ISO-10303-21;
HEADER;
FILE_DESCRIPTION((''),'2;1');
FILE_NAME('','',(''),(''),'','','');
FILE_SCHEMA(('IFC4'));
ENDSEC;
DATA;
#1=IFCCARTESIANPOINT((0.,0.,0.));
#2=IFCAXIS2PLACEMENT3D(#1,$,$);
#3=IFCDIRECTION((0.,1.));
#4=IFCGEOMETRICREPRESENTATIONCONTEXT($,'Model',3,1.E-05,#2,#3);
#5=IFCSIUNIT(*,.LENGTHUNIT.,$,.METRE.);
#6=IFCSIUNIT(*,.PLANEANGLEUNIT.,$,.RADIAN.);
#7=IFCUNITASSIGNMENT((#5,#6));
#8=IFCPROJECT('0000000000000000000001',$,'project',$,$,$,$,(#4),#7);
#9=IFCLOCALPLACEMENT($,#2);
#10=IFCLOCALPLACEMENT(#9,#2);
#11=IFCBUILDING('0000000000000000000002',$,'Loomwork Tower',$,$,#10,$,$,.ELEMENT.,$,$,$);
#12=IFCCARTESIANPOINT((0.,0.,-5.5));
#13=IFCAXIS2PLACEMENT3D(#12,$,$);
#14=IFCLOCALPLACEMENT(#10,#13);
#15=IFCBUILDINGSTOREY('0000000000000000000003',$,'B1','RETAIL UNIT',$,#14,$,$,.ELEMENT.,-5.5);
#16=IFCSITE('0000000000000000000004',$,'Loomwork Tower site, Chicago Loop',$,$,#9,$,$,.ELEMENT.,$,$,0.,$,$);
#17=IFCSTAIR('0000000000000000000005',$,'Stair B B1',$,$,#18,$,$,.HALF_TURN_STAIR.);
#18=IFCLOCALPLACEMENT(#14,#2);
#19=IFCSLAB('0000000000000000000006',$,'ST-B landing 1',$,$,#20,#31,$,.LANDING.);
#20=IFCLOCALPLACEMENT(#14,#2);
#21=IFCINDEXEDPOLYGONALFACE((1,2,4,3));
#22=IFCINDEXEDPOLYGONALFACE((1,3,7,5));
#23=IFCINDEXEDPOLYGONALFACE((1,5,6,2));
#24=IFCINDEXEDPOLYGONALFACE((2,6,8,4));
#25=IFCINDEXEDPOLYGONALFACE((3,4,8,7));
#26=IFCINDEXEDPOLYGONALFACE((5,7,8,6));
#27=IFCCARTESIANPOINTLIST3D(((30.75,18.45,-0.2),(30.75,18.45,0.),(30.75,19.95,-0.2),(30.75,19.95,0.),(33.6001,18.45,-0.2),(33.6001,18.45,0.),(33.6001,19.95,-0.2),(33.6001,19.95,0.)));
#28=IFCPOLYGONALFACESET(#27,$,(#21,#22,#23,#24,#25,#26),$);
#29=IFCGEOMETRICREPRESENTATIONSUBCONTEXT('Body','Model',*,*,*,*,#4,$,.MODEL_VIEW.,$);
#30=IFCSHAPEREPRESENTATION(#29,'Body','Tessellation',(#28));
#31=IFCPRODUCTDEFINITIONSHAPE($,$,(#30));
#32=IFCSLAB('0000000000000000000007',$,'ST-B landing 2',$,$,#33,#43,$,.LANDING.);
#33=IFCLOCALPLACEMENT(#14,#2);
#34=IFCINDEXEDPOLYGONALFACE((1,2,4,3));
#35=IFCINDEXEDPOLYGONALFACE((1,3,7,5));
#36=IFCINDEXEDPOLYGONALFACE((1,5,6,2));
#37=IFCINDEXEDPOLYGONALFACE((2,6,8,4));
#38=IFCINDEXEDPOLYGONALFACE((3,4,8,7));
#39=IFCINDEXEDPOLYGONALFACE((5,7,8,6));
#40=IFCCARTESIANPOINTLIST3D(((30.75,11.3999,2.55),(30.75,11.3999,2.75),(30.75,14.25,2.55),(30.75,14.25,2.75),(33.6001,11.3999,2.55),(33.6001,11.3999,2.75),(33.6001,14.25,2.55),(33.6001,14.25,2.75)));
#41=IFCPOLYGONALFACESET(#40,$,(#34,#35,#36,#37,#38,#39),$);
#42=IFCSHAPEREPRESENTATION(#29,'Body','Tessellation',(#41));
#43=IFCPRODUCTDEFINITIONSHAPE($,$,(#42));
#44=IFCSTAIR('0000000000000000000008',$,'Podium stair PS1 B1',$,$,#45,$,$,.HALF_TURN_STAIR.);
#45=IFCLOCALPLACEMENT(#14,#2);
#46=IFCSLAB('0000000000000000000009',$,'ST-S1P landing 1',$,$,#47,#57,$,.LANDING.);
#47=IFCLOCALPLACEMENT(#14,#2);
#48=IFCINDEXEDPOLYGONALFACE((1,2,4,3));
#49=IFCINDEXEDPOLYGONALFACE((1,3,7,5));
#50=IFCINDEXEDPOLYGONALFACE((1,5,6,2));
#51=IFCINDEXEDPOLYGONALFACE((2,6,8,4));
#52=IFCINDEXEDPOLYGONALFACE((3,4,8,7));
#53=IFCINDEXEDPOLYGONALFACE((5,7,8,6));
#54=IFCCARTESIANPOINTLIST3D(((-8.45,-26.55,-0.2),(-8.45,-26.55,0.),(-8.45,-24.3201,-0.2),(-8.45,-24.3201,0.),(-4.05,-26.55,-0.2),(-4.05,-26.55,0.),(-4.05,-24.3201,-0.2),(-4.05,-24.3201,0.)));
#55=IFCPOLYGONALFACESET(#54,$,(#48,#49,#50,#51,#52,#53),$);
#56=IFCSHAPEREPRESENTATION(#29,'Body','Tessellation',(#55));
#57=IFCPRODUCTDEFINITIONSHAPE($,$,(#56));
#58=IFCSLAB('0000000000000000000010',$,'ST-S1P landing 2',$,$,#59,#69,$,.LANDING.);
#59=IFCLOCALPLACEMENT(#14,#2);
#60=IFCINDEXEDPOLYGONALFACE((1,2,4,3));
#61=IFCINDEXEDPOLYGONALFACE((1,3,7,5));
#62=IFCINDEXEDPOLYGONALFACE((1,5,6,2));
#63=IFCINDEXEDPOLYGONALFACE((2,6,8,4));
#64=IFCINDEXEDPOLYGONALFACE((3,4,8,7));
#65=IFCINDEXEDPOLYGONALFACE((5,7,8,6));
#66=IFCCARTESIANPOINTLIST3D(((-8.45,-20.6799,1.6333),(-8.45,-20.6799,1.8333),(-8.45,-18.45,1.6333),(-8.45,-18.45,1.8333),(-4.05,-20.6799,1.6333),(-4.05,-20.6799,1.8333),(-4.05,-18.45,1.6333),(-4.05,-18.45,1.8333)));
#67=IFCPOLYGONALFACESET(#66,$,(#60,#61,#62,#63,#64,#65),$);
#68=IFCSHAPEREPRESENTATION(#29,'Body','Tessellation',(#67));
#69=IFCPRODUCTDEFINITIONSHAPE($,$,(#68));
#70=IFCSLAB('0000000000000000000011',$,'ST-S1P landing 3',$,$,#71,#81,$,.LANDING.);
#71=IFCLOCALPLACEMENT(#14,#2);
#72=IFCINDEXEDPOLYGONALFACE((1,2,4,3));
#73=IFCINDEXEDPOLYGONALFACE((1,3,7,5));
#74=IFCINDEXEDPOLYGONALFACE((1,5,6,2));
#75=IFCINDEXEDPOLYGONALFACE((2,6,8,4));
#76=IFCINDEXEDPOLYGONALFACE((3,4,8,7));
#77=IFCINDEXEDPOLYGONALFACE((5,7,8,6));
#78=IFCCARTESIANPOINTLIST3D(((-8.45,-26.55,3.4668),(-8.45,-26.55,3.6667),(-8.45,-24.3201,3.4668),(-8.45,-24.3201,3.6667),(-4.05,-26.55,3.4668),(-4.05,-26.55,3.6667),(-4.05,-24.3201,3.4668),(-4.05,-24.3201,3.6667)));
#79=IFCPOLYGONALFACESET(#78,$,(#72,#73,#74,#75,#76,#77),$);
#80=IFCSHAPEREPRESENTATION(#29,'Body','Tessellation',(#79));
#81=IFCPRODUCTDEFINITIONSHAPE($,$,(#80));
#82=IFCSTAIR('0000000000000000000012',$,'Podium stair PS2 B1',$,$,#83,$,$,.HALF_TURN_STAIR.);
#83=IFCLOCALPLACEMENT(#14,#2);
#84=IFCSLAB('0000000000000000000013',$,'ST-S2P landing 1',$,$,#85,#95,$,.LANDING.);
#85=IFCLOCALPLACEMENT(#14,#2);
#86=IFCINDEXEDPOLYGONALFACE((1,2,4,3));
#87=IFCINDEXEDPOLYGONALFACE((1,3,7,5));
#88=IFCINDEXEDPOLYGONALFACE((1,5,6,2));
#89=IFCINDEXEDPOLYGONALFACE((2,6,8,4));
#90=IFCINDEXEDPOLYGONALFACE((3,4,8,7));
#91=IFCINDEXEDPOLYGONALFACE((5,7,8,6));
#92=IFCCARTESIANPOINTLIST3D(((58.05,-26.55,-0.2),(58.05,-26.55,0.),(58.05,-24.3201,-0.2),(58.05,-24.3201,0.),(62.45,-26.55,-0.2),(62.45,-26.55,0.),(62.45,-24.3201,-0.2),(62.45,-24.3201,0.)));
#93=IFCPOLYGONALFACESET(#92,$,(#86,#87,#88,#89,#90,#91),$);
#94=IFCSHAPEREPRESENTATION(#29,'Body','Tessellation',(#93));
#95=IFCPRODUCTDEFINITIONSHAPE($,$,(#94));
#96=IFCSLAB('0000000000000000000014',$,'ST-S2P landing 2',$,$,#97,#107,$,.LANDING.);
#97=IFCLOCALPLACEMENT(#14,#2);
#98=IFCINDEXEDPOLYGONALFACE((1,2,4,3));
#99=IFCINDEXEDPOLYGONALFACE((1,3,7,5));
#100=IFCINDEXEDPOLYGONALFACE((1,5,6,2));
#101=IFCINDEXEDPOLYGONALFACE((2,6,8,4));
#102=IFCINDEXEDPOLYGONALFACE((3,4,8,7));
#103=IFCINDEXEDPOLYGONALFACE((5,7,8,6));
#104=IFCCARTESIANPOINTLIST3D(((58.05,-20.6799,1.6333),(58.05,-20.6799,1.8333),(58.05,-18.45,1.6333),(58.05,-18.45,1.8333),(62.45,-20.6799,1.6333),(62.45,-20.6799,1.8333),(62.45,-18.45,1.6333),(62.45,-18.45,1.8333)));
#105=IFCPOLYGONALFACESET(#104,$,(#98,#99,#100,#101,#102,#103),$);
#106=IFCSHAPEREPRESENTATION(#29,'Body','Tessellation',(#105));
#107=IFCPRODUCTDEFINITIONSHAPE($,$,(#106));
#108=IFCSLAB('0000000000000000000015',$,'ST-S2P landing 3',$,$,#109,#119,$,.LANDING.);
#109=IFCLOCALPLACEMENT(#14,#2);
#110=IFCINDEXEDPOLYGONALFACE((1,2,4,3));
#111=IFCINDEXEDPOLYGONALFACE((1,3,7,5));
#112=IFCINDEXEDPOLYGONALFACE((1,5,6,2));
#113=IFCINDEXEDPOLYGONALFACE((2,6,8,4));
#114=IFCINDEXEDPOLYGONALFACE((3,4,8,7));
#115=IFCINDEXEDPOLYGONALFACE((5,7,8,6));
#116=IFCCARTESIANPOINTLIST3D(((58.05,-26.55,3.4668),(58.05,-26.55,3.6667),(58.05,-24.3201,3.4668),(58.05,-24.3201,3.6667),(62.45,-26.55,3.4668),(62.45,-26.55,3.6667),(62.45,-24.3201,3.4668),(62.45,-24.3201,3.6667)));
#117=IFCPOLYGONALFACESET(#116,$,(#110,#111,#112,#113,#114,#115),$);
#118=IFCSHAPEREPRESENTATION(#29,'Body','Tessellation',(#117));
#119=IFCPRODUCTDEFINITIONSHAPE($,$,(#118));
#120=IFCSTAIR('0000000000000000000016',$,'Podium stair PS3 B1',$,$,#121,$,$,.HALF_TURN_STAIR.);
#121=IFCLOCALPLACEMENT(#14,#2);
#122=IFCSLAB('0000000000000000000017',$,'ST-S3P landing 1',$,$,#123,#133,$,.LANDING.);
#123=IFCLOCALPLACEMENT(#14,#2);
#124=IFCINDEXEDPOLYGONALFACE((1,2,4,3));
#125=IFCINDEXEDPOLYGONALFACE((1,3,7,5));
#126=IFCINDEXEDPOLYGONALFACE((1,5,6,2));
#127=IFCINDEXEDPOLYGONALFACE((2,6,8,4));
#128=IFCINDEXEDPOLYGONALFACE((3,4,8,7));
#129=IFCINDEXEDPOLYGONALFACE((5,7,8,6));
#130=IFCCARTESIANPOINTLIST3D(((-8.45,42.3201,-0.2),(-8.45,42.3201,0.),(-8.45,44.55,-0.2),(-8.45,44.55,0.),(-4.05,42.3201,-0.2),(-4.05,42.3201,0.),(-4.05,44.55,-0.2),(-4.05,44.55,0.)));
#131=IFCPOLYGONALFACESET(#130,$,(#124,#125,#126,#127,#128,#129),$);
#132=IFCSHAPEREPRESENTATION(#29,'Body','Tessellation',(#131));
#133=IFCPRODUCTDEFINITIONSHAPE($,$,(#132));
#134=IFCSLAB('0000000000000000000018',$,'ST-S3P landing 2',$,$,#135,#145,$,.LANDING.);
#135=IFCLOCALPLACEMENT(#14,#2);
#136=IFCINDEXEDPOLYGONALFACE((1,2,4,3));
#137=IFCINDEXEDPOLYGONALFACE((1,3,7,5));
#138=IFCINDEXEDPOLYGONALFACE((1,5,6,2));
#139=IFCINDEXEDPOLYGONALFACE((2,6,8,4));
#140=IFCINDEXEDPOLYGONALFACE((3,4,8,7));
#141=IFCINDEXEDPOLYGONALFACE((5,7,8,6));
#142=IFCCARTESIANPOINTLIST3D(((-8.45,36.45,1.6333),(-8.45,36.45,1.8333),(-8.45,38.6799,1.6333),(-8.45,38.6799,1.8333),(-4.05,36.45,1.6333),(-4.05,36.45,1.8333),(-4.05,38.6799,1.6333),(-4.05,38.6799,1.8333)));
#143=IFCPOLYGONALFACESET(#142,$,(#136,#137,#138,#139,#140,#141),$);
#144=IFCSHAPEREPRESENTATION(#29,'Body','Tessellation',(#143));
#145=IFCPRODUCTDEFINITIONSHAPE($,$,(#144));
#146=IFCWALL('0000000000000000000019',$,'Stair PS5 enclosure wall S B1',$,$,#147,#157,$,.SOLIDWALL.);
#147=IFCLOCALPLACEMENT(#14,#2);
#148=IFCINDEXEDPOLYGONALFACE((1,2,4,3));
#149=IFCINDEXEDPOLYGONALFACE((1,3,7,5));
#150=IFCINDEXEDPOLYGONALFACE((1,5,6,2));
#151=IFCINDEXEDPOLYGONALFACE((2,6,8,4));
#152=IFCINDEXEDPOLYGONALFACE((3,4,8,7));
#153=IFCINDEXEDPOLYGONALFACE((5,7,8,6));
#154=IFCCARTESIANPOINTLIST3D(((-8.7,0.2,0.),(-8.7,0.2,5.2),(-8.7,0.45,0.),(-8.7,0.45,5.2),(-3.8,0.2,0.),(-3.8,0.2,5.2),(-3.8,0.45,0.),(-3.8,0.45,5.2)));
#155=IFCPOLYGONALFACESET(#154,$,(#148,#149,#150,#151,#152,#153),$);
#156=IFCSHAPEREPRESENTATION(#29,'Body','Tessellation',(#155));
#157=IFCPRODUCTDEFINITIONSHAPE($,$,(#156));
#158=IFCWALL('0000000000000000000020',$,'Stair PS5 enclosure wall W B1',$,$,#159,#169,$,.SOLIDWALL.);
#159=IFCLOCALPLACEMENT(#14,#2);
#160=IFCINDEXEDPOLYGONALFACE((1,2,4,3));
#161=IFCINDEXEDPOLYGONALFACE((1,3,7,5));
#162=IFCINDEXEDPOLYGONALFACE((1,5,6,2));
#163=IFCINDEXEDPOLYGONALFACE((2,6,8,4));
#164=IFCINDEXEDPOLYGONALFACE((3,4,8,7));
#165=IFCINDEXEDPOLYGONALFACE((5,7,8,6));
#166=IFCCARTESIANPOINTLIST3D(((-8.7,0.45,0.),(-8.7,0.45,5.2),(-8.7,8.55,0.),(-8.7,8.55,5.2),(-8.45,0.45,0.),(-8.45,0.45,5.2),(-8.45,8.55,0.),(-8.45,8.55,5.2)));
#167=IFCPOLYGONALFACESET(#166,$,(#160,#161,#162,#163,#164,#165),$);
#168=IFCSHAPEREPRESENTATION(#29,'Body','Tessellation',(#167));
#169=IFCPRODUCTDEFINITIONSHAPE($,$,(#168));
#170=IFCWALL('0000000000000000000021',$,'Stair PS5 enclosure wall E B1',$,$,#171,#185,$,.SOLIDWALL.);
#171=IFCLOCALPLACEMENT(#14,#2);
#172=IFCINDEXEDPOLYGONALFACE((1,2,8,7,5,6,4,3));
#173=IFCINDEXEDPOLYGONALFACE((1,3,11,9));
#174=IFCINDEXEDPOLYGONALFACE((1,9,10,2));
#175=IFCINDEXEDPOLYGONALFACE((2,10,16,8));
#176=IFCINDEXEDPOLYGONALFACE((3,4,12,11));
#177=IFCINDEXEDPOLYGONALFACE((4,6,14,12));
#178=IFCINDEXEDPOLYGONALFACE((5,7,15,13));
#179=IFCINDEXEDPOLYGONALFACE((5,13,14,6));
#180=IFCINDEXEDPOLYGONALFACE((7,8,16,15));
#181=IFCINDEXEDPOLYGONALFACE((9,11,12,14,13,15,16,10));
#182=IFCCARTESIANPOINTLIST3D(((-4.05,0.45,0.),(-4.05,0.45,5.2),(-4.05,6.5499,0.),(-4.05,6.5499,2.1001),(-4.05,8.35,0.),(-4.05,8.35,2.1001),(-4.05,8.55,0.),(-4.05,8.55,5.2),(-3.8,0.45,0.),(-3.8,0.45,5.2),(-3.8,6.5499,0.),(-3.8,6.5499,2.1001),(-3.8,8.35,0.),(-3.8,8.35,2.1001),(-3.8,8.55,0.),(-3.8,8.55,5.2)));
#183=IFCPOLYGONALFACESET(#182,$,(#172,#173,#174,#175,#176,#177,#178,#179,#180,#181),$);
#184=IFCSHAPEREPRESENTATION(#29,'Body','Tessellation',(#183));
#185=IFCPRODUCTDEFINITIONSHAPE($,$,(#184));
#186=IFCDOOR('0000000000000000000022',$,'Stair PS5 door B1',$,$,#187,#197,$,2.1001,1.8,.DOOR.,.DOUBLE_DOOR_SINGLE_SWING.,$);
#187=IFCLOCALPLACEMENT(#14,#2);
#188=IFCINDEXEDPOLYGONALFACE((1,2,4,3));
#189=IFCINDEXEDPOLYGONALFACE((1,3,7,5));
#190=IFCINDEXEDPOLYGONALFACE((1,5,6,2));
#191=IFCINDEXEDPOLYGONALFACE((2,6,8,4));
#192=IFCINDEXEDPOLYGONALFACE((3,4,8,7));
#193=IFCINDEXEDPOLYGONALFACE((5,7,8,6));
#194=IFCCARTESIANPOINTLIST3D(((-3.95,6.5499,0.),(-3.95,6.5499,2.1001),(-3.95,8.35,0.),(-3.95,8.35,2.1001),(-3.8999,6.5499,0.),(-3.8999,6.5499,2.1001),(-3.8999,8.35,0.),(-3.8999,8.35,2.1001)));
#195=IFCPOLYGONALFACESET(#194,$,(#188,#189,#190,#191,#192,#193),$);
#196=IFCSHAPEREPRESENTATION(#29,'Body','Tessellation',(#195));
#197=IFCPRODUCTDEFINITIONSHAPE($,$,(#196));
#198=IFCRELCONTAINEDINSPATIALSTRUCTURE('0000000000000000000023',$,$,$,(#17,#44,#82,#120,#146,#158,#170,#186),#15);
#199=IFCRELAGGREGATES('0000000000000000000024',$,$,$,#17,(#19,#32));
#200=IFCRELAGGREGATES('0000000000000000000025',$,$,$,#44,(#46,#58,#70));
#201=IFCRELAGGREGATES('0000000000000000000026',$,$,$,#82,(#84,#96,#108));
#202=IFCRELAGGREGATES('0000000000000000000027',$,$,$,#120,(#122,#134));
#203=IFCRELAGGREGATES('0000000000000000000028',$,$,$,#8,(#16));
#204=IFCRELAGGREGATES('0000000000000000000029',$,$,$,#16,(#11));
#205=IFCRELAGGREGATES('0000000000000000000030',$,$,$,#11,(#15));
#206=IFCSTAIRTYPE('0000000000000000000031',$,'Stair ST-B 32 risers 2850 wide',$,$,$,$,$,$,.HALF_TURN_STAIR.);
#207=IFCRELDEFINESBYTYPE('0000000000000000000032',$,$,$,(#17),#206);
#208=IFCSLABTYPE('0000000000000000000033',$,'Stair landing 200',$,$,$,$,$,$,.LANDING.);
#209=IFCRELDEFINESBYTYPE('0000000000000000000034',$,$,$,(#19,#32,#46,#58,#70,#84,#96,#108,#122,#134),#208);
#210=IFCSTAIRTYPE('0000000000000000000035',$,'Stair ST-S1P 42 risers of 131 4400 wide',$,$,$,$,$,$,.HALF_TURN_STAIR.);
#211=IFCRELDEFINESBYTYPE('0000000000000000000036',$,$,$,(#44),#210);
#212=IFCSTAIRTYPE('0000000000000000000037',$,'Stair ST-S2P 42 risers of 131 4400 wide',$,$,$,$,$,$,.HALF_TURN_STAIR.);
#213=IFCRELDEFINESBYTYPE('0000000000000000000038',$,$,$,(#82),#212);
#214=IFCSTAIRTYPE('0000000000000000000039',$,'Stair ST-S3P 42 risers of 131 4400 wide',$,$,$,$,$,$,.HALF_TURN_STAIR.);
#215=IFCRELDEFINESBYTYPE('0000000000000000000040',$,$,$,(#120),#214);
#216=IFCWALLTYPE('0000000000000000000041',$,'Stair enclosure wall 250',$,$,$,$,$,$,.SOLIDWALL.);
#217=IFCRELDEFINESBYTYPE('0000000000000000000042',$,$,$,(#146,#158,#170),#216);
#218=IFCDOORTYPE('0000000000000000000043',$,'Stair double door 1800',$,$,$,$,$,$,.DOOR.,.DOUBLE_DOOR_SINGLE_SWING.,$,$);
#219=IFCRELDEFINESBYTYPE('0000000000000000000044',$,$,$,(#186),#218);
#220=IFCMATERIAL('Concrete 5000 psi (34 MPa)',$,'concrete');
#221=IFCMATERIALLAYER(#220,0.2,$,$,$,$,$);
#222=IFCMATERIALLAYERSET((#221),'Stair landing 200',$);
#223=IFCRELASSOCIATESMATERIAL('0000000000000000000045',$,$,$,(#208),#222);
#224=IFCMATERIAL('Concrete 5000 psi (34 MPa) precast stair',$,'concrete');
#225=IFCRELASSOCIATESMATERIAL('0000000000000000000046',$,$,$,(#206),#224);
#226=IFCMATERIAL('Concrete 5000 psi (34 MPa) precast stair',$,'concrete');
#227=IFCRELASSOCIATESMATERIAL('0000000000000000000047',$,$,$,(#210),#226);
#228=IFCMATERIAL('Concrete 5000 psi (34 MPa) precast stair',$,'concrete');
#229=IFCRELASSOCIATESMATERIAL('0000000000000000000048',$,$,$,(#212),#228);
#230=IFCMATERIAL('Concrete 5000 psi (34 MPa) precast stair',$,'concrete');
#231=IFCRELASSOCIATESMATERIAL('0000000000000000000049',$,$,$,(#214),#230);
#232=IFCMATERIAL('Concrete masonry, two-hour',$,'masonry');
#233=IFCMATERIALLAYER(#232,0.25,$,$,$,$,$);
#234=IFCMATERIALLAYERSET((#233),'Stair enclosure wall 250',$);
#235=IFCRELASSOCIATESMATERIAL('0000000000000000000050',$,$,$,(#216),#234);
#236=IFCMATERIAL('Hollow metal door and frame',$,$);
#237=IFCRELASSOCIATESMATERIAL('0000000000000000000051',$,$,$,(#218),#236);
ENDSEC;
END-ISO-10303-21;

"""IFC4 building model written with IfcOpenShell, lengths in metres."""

from ifc_helpers import new_model, si_unit, direction, frame, frame_2d, origin, place, context, subcontext, project, spatial, polyline, rectangle, outline, extrude, material, layer, layer_set, type_object, element, fill, aggregate, save


model = new_model("IFC4")

# Units and contexts
model_context = context("Model", 3, precision=1e-05, world=origin(), true_north=direction((0.0, 1.0)))
body_context = subcontext(model_context, "Body", "Model", "MODEL_VIEW")
ifc_project = project(units=[si_unit("LENGTHUNIT", "METRE"), si_unit("PLANEANGLEUNIT", "RADIAN")], contexts=[model_context])

# Site, building, storey
site_placement = place(None, origin())
site = spatial("IfcSite", under=ifc_project, at=site_placement, Name="Loomwork Tower site, Chicago Loop", CompositionType="ELEMENT", RefElevation=0.0)
building_placement = place(site_placement, origin())
building = spatial("IfcBuilding", under=site, at=building_placement, Name="Loomwork Tower", CompositionType="ELEMENT")
storey_placement = place(building_placement, frame((0.0, 0.0, -5.5)))
storey = spatial("IfcBuildingStorey", under=building, at=storey_placement, Name="B1", Description="RETAIL UNIT", CompositionType="ELEMENT", Elevation=-5.5)

# Stairs, slabs
ifc_material_1 = material(Name="Concrete 5000 psi (34 MPa)", Category="concrete")
ifc_layer_1 = layer(ifc_material_1, 0.2)
ifc_layer_set_1 = layer_set([ifc_layer_1], Name="Stair landing 200")
slab_type_1 = type_object("IfcSlabType", Name="Stair landing 200", PredefinedType="LANDING", material=ifc_layer_set_1)
ifc_material_2 = material(Name="Concrete 5000 psi (34 MPa) precast stair", Category="concrete")
stair_type_1 = type_object("IfcStairType", Name="Stair ST-B 32 risers 2850 wide", PredefinedType="HALF_TURN_STAIR", material=ifc_material_2)
stair_1_placement = place(storey_placement, origin())
stair_1 = element("IfcStair", 1, at=stair_1_placement, inside=storey, type_object=stair_type_1, Name="Stair B B1", PredefinedType="HALF_TURN_STAIR")
slab_1_placement = place(storey_placement, frame((0.0, 0.0, -0.2)))
slab_1 = element("IfcSlab", 2, at=slab_1_placement, type_object=slab_type_1, Name="ST-B landing 1", PredefinedType="LANDING", context=body_context, shape_type="SweptSolid", body=[
    extrude(outline(polyline([(30.75, 18.45), (33.6001, 18.45), (33.6001, 19.95), (30.75, 19.95), (30.75, 18.45)])), origin(), (0.0, 0.0, 1.0), 0.2),
])
slab_2_placement = place(storey_placement, frame((0.0, 0.0, 2.55)))
slab_2 = element("IfcSlab", 3, at=slab_2_placement, type_object=slab_type_1, Name="ST-B landing 2", PredefinedType="LANDING", context=body_context, shape_type="SweptSolid", body=[
    extrude(outline(polyline([(30.75, 11.3999), (33.6001, 11.3999), (33.6001, 14.25), (30.75, 14.25), (30.75, 11.3999)])), origin(), (0.0, 0.0, 1.0), 0.2),
])
aggregate(stair_1, [slab_1, slab_2])
ifc_material_3 = material(Name="Concrete 5000 psi (34 MPa) precast stair", Category="concrete")
stair_type_2 = type_object("IfcStairType", Name="Stair ST-S1P 42 risers of 131 4400 wide", PredefinedType="HALF_TURN_STAIR", material=ifc_material_3)
stair_2_placement = place(storey_placement, origin())
stair_2 = element("IfcStair", 4, at=stair_2_placement, inside=storey, type_object=stair_type_2, Name="Podium stair PS1 B1", PredefinedType="HALF_TURN_STAIR")
slab_3_placement = place(storey_placement, frame((0.0, 0.0, -0.2)))
slab_3 = element("IfcSlab", 5, at=slab_3_placement, type_object=slab_type_1, Name="ST-S1P landing 1", PredefinedType="LANDING", context=body_context, shape_type="SweptSolid", body=[
    extrude(outline(polyline([(-8.45, -26.55), (-4.05, -26.55), (-4.05, -24.3201), (-8.45, -24.3201), (-8.45, -26.55)])), origin(), (0.0, 0.0, 1.0), 0.2),
])
slab_4_placement = place(storey_placement, frame((0.0, 0.0, 1.6333)))
slab_4 = element("IfcSlab", 6, at=slab_4_placement, type_object=slab_type_1, Name="ST-S1P landing 2", PredefinedType="LANDING", context=body_context, shape_type="SweptSolid", body=[
    extrude(outline(polyline([(-8.45, -20.6799), (-4.05, -20.6799), (-4.05, -18.45), (-8.45, -18.45), (-8.45, -20.6799)])), origin(), (0.0, 0.0, 1.0), 0.2),
])
slab_5_placement = place(storey_placement, frame((0.0, 0.0, 3.4668)))
slab_5 = element("IfcSlab", 7, at=slab_5_placement, type_object=slab_type_1, Name="ST-S1P landing 3", PredefinedType="LANDING", context=body_context, shape_type="SweptSolid", body=[
    extrude(outline(polyline([(-8.45, -26.55), (-4.05, -26.55), (-4.05, -24.3201), (-8.45, -24.3201), (-8.45, -26.55)])), origin(), (0.0, 0.0, 1.0), 0.2),
])
aggregate(stair_2, [slab_3, slab_4, slab_5])
ifc_material_4 = material(Name="Concrete 5000 psi (34 MPa) precast stair", Category="concrete")
stair_type_3 = type_object("IfcStairType", Name="Stair ST-S2P 42 risers of 131 4400 wide", PredefinedType="HALF_TURN_STAIR", material=ifc_material_4)
stair_3_placement = place(storey_placement, origin())
stair_3 = element("IfcStair", 8, at=stair_3_placement, inside=storey, type_object=stair_type_3, Name="Podium stair PS2 B1", PredefinedType="HALF_TURN_STAIR")
slab_6_placement = place(storey_placement, frame((0.0, 0.0, -0.2)))
slab_6 = element("IfcSlab", 9, at=slab_6_placement, type_object=slab_type_1, Name="ST-S2P landing 1", PredefinedType="LANDING", context=body_context, shape_type="SweptSolid", body=[
    extrude(outline(polyline([(58.05, -26.55), (62.45, -26.55), (62.45, -24.3201), (58.05, -24.3201), (58.05, -26.55)])), origin(), (0.0, 0.0, 1.0), 0.2),
])
slab_7_placement = place(storey_placement, frame((0.0, 0.0, 1.6333)))
slab_7 = element("IfcSlab", 10, at=slab_7_placement, type_object=slab_type_1, Name="ST-S2P landing 2", PredefinedType="LANDING", context=body_context, shape_type="SweptSolid", body=[
    extrude(outline(polyline([(58.05, -20.6799), (62.45, -20.6799), (62.45, -18.45), (58.05, -18.45), (58.05, -20.6799)])), origin(), (0.0, 0.0, 1.0), 0.2),
])
slab_8_placement = place(storey_placement, frame((0.0, 0.0, 3.4668)))
slab_8 = element("IfcSlab", 11, at=slab_8_placement, type_object=slab_type_1, Name="ST-S2P landing 3", PredefinedType="LANDING", context=body_context, shape_type="SweptSolid", body=[
    extrude(outline(polyline([(58.05, -26.55), (62.45, -26.55), (62.45, -24.3201), (58.05, -24.3201), (58.05, -26.55)])), origin(), (0.0, 0.0, 1.0), 0.2),
])
aggregate(stair_3, [slab_6, slab_7, slab_8])
ifc_material_5 = material(Name="Concrete 5000 psi (34 MPa) precast stair", Category="concrete")
stair_type_4 = type_object("IfcStairType", Name="Stair ST-S3P 42 risers of 131 4400 wide", PredefinedType="HALF_TURN_STAIR", material=ifc_material_5)
stair_4_placement = place(storey_placement, origin())
stair_4 = element("IfcStair", 12, at=stair_4_placement, inside=storey, type_object=stair_type_4, Name="Podium stair PS3 B1", PredefinedType="HALF_TURN_STAIR")
slab_9_placement = place(storey_placement, frame((0.0, 0.0, -0.2)))
slab_9 = element("IfcSlab", 13, at=slab_9_placement, type_object=slab_type_1, Name="ST-S3P landing 1", PredefinedType="LANDING", context=body_context, shape_type="SweptSolid", body=[
    extrude(outline(polyline([(-8.45, 42.3201), (-4.05, 42.3201), (-4.05, 44.55), (-8.45, 44.55), (-8.45, 42.3201)])), origin(), (0.0, 0.0, 1.0), 0.2),
])
slab_10_placement = place(storey_placement, frame((0.0, 0.0, 1.6333)))
slab_10 = element("IfcSlab", 14, at=slab_10_placement, type_object=slab_type_1, Name="ST-S3P landing 2", PredefinedType="LANDING", context=body_context, shape_type="SweptSolid", body=[
    extrude(outline(polyline([(-8.45, 36.45), (-4.05, 36.45), (-4.05, 38.6799), (-8.45, 38.6799), (-8.45, 36.45)])), origin(), (0.0, 0.0, 1.0), 0.2),
])
aggregate(stair_4, [slab_9, slab_10])

# Walls
ifc_material_6 = material(Name="Concrete masonry, two-hour", Category="masonry")
ifc_layer_2 = layer(ifc_material_6, 0.25)
ifc_layer_set_2 = layer_set([ifc_layer_2], Name="Stair enclosure wall 250")
wall_type = type_object("IfcWallType", Name="Stair enclosure wall 250", PredefinedType="SOLIDWALL", material=ifc_layer_set_2)
wall_1_placement = place(storey_placement, frame((-8.7, 0.325, 0.0), z_axis=(0.0, 0.0, 1.0), x_axis=(1.0, 0.0, 0.0)))
element("IfcWall", 15, at=wall_1_placement, inside=storey, type_object=wall_type, Name="Stair PS5 enclosure wall S B1", PredefinedType="SOLIDWALL", context=body_context, shape_type="SweptSolid", body=[
    extrude(rectangle(XDim=4.8999, YDim=0.25, at=frame_2d((2.45, 0.0))), origin(), (0.0, 0.0, 1.0), 5.2),
])
wall_2_placement = place(storey_placement, frame((-8.575, 0.45, 0.0), z_axis=(0.0, 0.0, 1.0), x_axis=(0.0, 1.0, 0.0)))
element("IfcWall", 16, at=wall_2_placement, inside=storey, type_object=wall_type, Name="Stair PS5 enclosure wall W B1", PredefinedType="SOLIDWALL", context=body_context, shape_type="SweptSolid", body=[
    extrude(rectangle(XDim=8.1001, YDim=0.25, at=frame_2d((4.05, 0.0))), origin(), (0.0, 0.0, 1.0), 5.2),
])

# Wall, opening, door
wall_3_placement = place(storey_placement, frame((-3.925, 0.45, 0.0), z_axis=(0.0, 0.0, 1.0), x_axis=(0.0, 1.0, 0.0)))
wall_3 = element("IfcWall", 17, at=wall_3_placement, inside=storey, type_object=wall_type, Name="Stair PS5 enclosure wall E B1", PredefinedType="SOLIDWALL", context=body_context, shape_type="SweptSolid", body=[
    extrude(rectangle(XDim=8.1001, YDim=0.25, at=frame_2d((4.05, 0.0))), origin(), (0.0, 0.0, 1.0), 5.2),
])
opening_placement = place(wall_3_placement, frame((6.1001, 0.0, 0.0)))
opening = element("IfcOpeningElement", 18, at=opening_placement, cuts=wall_3, PredefinedType="OPENING", context=body_context, shape_type="SweptSolid", body=[
    extrude(rectangle(XDim=1.8, YDim=2.1001, at=frame_2d((0.8999, 1.05))), frame((0.0, 0.135, 0.0), z_axis=(0.0, -1.0, 0.0), x_axis=(1.0, 0.0, 0.0)), (0.0, 0.0, 1.0), 0.27),
])
ifc_material_7 = material(Name="Hollow metal door and frame")
door_type = type_object("IfcDoorType", Name="Stair double door 1800", OperationType="DOUBLE_DOOR_SINGLE_SWING", PredefinedType="DOOR", material=ifc_material_7)
door_placement = place(opening_placement, origin())
door = element("IfcDoor", 19, at=door_placement, inside=storey, type_object=door_type, Name="Stair PS5 door B1", OperationType="DOUBLE_DOOR_SINGLE_SWING", OverallHeight=2.1001, OverallWidth=1.8, PredefinedType="DOOR", context=body_context, shape_type="SweptSolid", body=[
    extrude(rectangle(XDim=1.8, YDim=2.1001, at=frame_2d((0.8999, 1.05))), frame((0.0, 0.0249, 0.0), z_axis=(0.0, -1.0, 0.0), x_axis=(1.0, 0.0, 0.0)), (0.0, 0.0, 1.0), 0.05),
])
fill(opening, door)

save(model, "model.ifc")
